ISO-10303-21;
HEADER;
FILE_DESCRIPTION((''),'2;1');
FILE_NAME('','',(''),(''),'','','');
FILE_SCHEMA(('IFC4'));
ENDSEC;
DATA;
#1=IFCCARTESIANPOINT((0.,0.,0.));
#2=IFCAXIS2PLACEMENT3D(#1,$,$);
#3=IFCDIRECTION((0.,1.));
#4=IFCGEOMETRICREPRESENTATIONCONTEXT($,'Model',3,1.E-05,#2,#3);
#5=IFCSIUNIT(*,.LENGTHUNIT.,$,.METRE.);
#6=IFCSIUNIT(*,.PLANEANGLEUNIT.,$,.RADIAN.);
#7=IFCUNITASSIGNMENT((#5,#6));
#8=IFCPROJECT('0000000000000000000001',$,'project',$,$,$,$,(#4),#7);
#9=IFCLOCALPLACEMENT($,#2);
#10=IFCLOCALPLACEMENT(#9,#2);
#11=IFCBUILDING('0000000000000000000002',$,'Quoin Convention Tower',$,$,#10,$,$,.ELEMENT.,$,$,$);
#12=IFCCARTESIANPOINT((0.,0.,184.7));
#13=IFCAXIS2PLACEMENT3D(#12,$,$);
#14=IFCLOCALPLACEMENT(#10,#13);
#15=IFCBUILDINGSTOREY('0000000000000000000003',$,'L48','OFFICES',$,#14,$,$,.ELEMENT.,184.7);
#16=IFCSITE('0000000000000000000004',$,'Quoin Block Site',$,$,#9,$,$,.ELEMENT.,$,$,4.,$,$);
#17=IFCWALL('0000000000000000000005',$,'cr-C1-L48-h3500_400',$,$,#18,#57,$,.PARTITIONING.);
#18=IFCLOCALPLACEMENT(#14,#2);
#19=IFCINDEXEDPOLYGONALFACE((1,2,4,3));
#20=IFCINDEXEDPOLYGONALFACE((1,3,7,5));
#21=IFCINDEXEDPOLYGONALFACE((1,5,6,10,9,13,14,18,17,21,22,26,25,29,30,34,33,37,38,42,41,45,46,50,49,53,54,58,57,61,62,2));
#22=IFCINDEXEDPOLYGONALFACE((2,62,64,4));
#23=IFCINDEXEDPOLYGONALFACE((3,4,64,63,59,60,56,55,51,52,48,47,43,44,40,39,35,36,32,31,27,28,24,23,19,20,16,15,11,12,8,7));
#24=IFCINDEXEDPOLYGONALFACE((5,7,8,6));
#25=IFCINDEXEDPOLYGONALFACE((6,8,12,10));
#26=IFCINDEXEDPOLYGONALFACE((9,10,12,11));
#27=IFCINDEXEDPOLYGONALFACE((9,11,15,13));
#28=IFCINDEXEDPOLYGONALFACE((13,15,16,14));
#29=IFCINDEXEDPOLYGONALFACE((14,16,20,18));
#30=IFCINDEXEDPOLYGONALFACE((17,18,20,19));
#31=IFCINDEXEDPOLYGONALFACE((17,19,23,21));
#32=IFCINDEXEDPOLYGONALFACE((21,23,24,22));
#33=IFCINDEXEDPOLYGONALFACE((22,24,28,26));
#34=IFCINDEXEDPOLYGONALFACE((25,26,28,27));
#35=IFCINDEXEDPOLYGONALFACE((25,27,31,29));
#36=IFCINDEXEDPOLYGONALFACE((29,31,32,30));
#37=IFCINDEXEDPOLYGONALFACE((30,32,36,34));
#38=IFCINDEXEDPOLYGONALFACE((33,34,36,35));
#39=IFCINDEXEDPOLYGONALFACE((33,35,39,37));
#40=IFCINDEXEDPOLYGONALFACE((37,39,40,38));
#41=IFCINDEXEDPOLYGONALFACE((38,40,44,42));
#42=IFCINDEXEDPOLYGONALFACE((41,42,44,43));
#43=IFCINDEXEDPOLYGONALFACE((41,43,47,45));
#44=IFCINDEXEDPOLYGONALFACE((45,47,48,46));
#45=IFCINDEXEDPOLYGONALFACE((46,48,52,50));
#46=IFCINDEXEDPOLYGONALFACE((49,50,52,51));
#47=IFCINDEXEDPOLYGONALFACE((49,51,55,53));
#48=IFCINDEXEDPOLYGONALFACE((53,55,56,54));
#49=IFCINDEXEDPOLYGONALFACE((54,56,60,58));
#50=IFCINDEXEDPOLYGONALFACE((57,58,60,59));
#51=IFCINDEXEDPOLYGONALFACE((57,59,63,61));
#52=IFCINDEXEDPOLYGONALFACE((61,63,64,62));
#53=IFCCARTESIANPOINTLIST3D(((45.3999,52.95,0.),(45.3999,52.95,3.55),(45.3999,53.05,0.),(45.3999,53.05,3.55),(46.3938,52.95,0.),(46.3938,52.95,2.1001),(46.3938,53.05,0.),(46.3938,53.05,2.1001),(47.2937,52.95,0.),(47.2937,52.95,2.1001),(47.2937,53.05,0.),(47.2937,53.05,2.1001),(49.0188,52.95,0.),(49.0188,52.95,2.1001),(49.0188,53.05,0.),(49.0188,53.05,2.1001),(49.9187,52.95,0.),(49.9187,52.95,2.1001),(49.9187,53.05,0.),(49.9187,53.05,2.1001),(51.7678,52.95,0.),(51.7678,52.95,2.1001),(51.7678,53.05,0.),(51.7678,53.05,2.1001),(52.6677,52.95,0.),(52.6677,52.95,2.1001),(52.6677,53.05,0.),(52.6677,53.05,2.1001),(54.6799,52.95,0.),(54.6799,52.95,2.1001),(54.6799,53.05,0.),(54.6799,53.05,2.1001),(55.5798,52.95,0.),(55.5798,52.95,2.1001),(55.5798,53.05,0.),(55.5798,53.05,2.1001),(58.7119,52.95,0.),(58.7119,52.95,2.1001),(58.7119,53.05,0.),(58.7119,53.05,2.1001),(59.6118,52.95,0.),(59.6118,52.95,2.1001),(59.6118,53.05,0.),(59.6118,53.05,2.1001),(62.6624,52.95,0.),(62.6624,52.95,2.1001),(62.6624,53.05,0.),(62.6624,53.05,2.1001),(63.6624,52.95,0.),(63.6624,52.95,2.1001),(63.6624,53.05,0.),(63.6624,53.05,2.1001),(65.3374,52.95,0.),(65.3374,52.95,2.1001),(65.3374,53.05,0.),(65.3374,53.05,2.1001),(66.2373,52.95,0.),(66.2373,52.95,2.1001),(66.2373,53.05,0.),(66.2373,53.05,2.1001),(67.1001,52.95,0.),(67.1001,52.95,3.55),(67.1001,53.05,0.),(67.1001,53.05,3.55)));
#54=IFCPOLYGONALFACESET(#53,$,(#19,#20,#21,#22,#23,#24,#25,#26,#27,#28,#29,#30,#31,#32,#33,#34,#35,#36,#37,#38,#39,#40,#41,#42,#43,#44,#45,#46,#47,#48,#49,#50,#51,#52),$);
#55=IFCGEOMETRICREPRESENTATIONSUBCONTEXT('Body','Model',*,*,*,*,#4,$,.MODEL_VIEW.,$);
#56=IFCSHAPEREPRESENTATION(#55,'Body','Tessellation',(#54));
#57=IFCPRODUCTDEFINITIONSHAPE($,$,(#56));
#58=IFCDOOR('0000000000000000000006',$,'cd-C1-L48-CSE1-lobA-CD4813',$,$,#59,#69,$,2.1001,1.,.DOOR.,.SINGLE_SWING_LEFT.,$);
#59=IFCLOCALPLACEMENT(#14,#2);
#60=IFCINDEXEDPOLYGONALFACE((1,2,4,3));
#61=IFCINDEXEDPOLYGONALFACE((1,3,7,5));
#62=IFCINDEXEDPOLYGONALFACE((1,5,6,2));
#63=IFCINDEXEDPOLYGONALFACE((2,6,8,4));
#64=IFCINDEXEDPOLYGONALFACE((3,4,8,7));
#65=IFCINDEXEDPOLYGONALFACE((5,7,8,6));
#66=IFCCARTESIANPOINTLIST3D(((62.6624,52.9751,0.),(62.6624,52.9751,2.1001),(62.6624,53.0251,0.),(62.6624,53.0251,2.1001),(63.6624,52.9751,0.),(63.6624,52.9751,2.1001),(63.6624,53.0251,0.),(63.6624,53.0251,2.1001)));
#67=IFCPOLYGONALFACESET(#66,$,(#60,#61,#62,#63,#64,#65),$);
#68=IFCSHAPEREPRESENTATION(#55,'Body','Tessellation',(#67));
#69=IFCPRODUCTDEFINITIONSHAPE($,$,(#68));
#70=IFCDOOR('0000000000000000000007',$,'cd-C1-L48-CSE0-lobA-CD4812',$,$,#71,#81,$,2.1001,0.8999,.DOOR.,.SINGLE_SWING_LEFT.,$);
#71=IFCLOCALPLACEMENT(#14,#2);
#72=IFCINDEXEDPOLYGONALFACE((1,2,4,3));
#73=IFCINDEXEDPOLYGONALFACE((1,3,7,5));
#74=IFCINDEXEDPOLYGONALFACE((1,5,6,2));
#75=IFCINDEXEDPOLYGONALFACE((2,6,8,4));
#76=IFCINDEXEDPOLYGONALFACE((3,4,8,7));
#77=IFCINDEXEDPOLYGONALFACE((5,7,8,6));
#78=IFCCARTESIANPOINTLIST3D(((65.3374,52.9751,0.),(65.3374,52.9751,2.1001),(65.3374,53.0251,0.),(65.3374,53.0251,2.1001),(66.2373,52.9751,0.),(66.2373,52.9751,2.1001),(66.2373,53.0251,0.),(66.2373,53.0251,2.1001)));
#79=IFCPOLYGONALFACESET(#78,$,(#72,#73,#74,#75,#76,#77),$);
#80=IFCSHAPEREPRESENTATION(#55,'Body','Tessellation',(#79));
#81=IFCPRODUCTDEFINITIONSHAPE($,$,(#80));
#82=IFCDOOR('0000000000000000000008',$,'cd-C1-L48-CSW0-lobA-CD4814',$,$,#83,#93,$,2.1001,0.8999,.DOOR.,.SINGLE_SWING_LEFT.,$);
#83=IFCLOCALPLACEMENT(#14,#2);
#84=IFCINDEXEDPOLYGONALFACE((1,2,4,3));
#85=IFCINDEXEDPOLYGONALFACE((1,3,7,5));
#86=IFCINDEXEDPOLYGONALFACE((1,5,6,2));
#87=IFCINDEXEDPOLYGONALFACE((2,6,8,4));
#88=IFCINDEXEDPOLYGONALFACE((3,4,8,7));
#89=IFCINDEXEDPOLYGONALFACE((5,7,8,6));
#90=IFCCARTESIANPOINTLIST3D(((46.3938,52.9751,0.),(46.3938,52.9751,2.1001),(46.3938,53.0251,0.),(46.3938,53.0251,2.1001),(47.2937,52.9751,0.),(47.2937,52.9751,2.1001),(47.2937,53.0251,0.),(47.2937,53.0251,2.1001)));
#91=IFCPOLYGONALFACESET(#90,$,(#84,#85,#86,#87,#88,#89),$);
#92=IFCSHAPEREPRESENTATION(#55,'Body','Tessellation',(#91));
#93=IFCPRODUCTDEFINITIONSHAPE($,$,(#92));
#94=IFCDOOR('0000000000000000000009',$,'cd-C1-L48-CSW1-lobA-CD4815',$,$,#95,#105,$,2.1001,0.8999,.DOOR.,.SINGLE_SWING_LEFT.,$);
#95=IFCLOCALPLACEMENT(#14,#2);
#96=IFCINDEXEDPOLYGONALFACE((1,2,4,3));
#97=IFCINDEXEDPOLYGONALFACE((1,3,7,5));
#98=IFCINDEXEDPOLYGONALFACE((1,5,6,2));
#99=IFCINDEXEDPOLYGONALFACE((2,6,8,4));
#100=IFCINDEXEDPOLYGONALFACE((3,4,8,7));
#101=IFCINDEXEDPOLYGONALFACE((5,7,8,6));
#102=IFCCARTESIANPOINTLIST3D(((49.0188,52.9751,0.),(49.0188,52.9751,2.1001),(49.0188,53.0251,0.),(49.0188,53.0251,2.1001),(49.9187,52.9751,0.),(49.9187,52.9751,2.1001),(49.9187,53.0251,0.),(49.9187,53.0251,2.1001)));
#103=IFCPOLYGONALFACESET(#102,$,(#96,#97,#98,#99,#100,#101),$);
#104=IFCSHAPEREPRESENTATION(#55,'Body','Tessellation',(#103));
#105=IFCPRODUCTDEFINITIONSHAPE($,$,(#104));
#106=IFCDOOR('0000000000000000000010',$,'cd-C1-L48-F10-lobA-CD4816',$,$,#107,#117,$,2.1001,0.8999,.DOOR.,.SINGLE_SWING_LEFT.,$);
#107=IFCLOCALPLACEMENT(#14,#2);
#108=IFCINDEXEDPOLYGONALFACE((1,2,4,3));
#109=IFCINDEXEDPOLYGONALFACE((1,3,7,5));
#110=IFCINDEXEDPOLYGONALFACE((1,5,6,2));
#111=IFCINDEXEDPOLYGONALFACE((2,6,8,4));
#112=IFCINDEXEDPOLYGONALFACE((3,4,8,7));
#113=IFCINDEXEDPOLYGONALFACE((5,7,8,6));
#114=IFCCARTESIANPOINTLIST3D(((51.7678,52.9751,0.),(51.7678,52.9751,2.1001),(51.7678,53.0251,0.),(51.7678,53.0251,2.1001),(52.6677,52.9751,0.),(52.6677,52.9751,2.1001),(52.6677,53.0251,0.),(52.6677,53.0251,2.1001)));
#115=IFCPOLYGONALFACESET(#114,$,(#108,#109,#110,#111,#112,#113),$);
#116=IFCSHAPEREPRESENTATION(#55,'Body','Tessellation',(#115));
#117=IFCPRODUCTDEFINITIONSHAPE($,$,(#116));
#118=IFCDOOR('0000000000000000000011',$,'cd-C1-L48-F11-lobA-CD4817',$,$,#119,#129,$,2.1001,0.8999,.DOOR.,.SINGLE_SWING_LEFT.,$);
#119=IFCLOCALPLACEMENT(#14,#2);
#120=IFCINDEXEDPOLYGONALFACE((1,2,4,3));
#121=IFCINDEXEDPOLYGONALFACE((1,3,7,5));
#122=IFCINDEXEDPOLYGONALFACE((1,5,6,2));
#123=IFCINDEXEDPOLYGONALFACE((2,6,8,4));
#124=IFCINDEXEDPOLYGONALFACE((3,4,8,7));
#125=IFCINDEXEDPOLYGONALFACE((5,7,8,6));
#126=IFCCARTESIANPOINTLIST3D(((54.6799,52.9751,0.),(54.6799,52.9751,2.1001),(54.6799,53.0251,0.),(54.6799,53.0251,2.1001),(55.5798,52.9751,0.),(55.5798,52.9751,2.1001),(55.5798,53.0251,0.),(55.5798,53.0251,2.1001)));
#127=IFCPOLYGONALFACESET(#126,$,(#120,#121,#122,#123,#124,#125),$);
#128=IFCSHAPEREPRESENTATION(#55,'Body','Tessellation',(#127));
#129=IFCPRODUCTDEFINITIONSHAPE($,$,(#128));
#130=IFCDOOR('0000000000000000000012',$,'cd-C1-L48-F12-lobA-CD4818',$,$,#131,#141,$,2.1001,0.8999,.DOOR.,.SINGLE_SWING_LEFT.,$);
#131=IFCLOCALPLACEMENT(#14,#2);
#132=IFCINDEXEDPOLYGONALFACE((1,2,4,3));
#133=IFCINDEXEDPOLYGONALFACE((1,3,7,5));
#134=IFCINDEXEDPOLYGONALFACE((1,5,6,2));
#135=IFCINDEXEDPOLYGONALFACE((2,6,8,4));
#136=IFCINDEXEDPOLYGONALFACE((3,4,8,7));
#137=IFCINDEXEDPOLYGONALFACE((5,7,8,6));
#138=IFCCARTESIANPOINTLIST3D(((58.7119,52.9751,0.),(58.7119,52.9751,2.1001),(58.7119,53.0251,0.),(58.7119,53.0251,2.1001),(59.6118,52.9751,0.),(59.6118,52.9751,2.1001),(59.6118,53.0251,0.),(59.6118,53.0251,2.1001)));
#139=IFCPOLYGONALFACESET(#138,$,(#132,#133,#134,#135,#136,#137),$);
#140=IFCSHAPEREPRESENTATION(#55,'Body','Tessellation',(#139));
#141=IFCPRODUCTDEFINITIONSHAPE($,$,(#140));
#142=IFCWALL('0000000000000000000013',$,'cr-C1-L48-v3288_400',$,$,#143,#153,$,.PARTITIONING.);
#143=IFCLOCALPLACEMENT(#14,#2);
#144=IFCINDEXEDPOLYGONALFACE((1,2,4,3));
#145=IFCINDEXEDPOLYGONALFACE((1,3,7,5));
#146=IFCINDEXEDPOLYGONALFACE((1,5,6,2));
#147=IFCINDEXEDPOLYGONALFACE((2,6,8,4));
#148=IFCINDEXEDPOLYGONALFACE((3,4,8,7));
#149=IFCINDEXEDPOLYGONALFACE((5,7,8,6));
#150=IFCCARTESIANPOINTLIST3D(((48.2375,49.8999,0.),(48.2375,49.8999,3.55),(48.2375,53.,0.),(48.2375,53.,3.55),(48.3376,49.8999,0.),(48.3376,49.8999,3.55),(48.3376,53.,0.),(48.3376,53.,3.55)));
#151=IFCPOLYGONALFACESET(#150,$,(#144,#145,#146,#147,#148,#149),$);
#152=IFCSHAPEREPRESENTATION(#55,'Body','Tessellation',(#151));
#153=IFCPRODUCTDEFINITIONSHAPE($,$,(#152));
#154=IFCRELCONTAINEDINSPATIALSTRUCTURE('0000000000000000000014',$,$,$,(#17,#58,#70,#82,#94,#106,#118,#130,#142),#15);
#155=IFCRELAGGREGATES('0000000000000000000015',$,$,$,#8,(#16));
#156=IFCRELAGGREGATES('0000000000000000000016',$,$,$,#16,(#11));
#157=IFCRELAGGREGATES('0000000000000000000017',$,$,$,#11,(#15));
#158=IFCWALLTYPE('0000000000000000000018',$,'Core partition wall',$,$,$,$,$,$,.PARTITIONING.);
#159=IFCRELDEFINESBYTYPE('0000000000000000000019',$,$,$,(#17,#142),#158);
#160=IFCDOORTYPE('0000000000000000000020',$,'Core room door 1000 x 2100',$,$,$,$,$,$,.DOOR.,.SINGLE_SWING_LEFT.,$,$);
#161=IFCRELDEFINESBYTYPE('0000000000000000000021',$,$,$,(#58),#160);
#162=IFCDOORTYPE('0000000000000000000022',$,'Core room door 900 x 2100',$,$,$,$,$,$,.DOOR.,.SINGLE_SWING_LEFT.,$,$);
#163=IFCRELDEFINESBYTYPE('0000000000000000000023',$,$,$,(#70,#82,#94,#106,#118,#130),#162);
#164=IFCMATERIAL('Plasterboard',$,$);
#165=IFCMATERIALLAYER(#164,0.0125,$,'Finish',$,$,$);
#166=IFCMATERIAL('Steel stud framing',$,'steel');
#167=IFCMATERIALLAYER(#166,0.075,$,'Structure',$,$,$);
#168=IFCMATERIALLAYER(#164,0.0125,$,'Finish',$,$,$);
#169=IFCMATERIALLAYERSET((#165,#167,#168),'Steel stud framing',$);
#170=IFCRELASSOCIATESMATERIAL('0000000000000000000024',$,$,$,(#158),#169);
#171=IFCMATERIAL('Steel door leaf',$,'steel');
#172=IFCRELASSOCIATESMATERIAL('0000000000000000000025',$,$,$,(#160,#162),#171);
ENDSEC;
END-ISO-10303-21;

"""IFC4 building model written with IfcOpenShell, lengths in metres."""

from ifc_helpers import new_model, si_unit, direction, frame, frame_2d, origin, place, context, subcontext, project, spatial, rectangle, extrude, material, layer, layer_set, type_object, element, fill, save


model = new_model("IFC4")

# Units and contexts
model_context = context("Model", 3, precision=1e-05, world=origin(), true_north=direction((0.0, 1.0)))
body_context = subcontext(model_context, "Body", "Model", "MODEL_VIEW")
ifc_project = project(units=[si_unit("LENGTHUNIT", "METRE"), si_unit("PLANEANGLEUNIT", "RADIAN")], contexts=[model_context])

# Site, building, storey
site_placement = place(None, origin())
site = spatial("IfcSite", under=ifc_project, at=site_placement, Name="Quoin Block Site", CompositionType="ELEMENT", RefElevation=4.0)
building_placement = place(site_placement, origin())
building = spatial("IfcBuilding", under=site, at=building_placement, Name="Quoin Convention Tower", CompositionType="ELEMENT")
storey_placement = place(building_placement, frame((0.0, 0.0, 184.7)))
storey = spatial("IfcBuildingStorey", under=building, at=storey_placement, Name="L48", Description="OFFICES", CompositionType="ELEMENT", Elevation=184.7)

# Wall, openings, doors
ifc_material_1 = material(Name="Plasterboard")
ifc_layer_1 = layer(ifc_material_1, 0.0125, Name="Finish")
ifc_material_2 = material(Name="Steel stud framing", Category="steel")
ifc_layer_2 = layer(ifc_material_2, 0.075, Name="Structure")
ifc_layer_3 = layer(ifc_material_1, 0.0125, Name="Finish")
ifc_layer_set_1 = layer_set([ifc_layer_1, ifc_layer_2, ifc_layer_3], Name="Steel stud framing")
wall_type_1 = type_object("IfcWallType", Name="Core partition wall", PredefinedType="PARTITIONING", material=ifc_layer_set_1)
wall_1_placement = place(storey_placement, frame((45.3999, 53.0, 0.0), z_axis=(0.0, 0.0, 1.0), x_axis=(1.0, 0.0, 0.0)))
wall_1 = element("IfcWall", 1, at=wall_1_placement, inside=storey, type_object=wall_type_1, Name="cr-C1-L48-h3500_400", PredefinedType="PARTITIONING", context=body_context, shape_type="SweptSolid", body=[
    extrude(rectangle(XDim=21.7002, YDim=0.1001, at=frame_2d((10.8501, 0.0))), origin(), (0.0, 0.0, 1.0), 3.55),
])
opening_1_placement = place(wall_1_placement, frame((19.9375, 0.0, 0.0)))
opening_1 = element("IfcOpeningElement", 2, at=opening_1_placement, cuts=wall_1, PredefinedType="OPENING", context=body_context, shape_type="SweptSolid", body=[
    extrude(rectangle(XDim=0.8999, YDim=2.1001, at=frame_2d((0.45, 1.05))), frame((0.0, 0.0601, 0.0), z_axis=(0.0, -1.0, 0.0), x_axis=(1.0, 0.0, 0.0)), (0.0, 0.0, 1.0), 0.1201),
])
opening_2_placement = place(wall_1_placement, frame((17.2625, 0.0, 0.0)))
opening_2 = element("IfcOpeningElement", 3, at=opening_2_placement, cuts=wall_1, PredefinedType="OPENING", context=body_context, shape_type="SweptSolid", body=[
    extrude(rectangle(XDim=1.0, YDim=2.1001, at=frame_2d((0.5, 1.05))), frame((0.0, 0.0601, 0.0), z_axis=(0.0, -1.0, 0.0), x_axis=(1.0, 0.0, 0.0)), (0.0, 0.0, 1.0), 0.1201),
])
opening_3_placement = place(wall_1_placement, frame((0.9939, 0.0, 0.0)))
opening_3 = element("IfcOpeningElement", 4, at=opening_3_placement, cuts=wall_1, PredefinedType="OPENING", context=body_context, shape_type="SweptSolid", body=[
    extrude(rectangle(XDim=0.8999, YDim=2.1001, at=frame_2d((0.45, 1.05))), frame((0.0, 0.0601, 0.0), z_axis=(0.0, -1.0, 0.0), x_axis=(1.0, 0.0, 0.0)), (0.0, 0.0, 1.0), 0.1201),
])
opening_4_placement = place(wall_1_placement, frame((3.6189, 0.0, 0.0)))
opening_4 = element("IfcOpeningElement", 5, at=opening_4_placement, cuts=wall_1, PredefinedType="OPENING", context=body_context, shape_type="SweptSolid", body=[
    extrude(rectangle(XDim=0.8999, YDim=2.1001, at=frame_2d((0.45, 1.05))), frame((0.0, 0.0601, 0.0), z_axis=(0.0, -1.0, 0.0), x_axis=(1.0, 0.0, 0.0)), (0.0, 0.0, 1.0), 0.1201),
])
opening_5_placement = place(wall_1_placement, frame((6.3679, 0.0, 0.0)))
opening_5 = element("IfcOpeningElement", 6, at=opening_5_placement, cuts=wall_1, PredefinedType="OPENING", context=body_context, shape_type="SweptSolid", body=[
    extrude(rectangle(XDim=0.8999, YDim=2.1001, at=frame_2d((0.45, 1.05))), frame((0.0, 0.0601, 0.0), z_axis=(0.0, -1.0, 0.0), x_axis=(1.0, 0.0, 0.0)), (0.0, 0.0, 1.0), 0.1201),
])
opening_6_placement = place(wall_1_placement, frame((9.28, 0.0, 0.0)))
opening_6 = element("IfcOpeningElement", 7, at=opening_6_placement, cuts=wall_1, PredefinedType="OPENING", context=body_context, shape_type="SweptSolid", body=[
    extrude(rectangle(XDim=0.8999, YDim=2.1001, at=frame_2d((0.45, 1.05))), frame((0.0, 0.0601, 0.0), z_axis=(0.0, -1.0, 0.0), x_axis=(1.0, 0.0, 0.0)), (0.0, 0.0, 1.0), 0.1201),
])
opening_7_placement = place(wall_1_placement, frame((13.312, 0.0, 0.0)))
opening_7 = element("IfcOpeningElement", 8, at=opening_7_placement, cuts=wall_1, PredefinedType="OPENING", context=body_context, shape_type="SweptSolid", body=[
    extrude(rectangle(XDim=0.8999, YDim=2.1001, at=frame_2d((0.45, 1.05))), frame((0.0, 0.0601, 0.0), z_axis=(0.0, -1.0, 0.0), x_axis=(1.0, 0.0, 0.0)), (0.0, 0.0, 1.0), 0.1201),
])
ifc_material_3 = material(Name="Steel door leaf", Category="steel")
door_type_1 = type_object("IfcDoorType", Name="Core room door 1000 x 2100", OperationType="SINGLE_SWING_LEFT", PredefinedType="DOOR", material=ifc_material_3)
door_1_placement = place(opening_2_placement, frame((1.0, 0.0, 0.0), z_axis=(0.0, 0.0, 1.0), x_axis=(-1.0, 0.0, 0.0)))
door_1 = element("IfcDoor", 9, at=door_1_placement, inside=storey, type_object=door_type_1, Name="cd-C1-L48-CSE1-lobA-CD4813", OperationType="SINGLE_SWING_LEFT", OverallHeight=2.1001, OverallWidth=1.0, PredefinedType="DOOR", context=body_context, shape_type="SweptSolid", body=[
    extrude(rectangle(XDim=1.0, YDim=2.1001, at=frame_2d((0.5, 1.05))), frame((0.0, 0.0249, 0.0), z_axis=(0.0, -1.0, 0.0), x_axis=(1.0, 0.0, 0.0)), (0.0, 0.0, 1.0), 0.05),
])
fill(opening_2, door_1)
door_type_2 = type_object("IfcDoorType", Name="Core room door 900 x 2100", OperationType="SINGLE_SWING_LEFT", PredefinedType="DOOR", material=ifc_material_3)
door_2_placement = place(opening_1_placement, frame((0.8999, 0.0, 0.0), z_axis=(0.0, 0.0, 1.0), x_axis=(-1.0, 0.0, 0.0)))
door_2 = element("IfcDoor", 10, at=door_2_placement, inside=storey, type_object=door_type_2, Name="cd-C1-L48-CSE0-lobA-CD4812", OperationType="SINGLE_SWING_LEFT", OverallHeight=2.1001, OverallWidth=0.8999, PredefinedType="DOOR", context=body_context, shape_type="SweptSolid", body=[
    extrude(rectangle(XDim=0.8999, YDim=2.1001, at=frame_2d((0.45, 1.05))), frame((0.0, 0.0249, 0.0), z_axis=(0.0, -1.0, 0.0), x_axis=(1.0, 0.0, 0.0)), (0.0, 0.0, 1.0), 0.05),
])
fill(opening_1, door_2)
door_3_placement = place(opening_3_placement, frame((0.8999, 0.0, 0.0), z_axis=(0.0, 0.0, 1.0), x_axis=(-1.0, 0.0, 0.0)))
door_3 = element("IfcDoor", 11, at=door_3_placement, inside=storey, type_object=door_type_2, Name="cd-C1-L48-CSW0-lobA-CD4814", OperationType="SINGLE_SWING_LEFT", OverallHeight=2.1001, OverallWidth=0.8999, PredefinedType="DOOR", context=body_context, shape_type="SweptSolid", body=[
    extrude(rectangle(XDim=0.8999, YDim=2.1001, at=frame_2d((0.45, 1.05))), frame((0.0, 0.0249, 0.0), z_axis=(0.0, -1.0, 0.0), x_axis=(1.0, 0.0, 0.0)), (0.0, 0.0, 1.0), 0.05),
])
fill(opening_3, door_3)
door_4_placement = place(opening_4_placement, frame((0.8999, 0.0, 0.0), z_axis=(0.0, 0.0, 1.0), x_axis=(-1.0, 0.0, 0.0)))
door_4 = element("IfcDoor", 12, at=door_4_placement, inside=storey, type_object=door_type_2, Name="cd-C1-L48-CSW1-lobA-CD4815", OperationType="SINGLE_SWING_LEFT", OverallHeight=2.1001, OverallWidth=0.8999, PredefinedType="DOOR", context=body_context, shape_type="SweptSolid", body=[
    extrude(rectangle(XDim=0.8999, YDim=2.1001, at=frame_2d((0.45, 1.05))), frame((0.0, 0.0249, 0.0), z_axis=(0.0, -1.0, 0.0), x_axis=(1.0, 0.0, 0.0)), (0.0, 0.0, 1.0), 0.05),
])
fill(opening_4, door_4)
door_5_placement = place(opening_5_placement, frame((0.8999, 0.0, 0.0), z_axis=(0.0, 0.0, 1.0), x_axis=(-1.0, 0.0, 0.0)))
door_5 = element("IfcDoor", 13, at=door_5_placement, inside=storey, type_object=door_type_2, Name="cd-C1-L48-F10-lobA-CD4816", OperationType="SINGLE_SWING_LEFT", OverallHeight=2.1001, OverallWidth=0.8999, PredefinedType="DOOR", context=body_context, shape_type="SweptSolid", body=[
    extrude(rectangle(XDim=0.8999, YDim=2.1001, at=frame_2d((0.45, 1.05))), frame((0.0, 0.0249, 0.0), z_axis=(0.0, -1.0, 0.0), x_axis=(1.0, 0.0, 0.0)), (0.0, 0.0, 1.0), 0.05),
])
fill(opening_5, door_5)
door_6_placement = place(opening_6_placement, frame((0.8999, 0.0, 0.0), z_axis=(0.0, 0.0, 1.0), x_axis=(-1.0, 0.0, 0.0)))
door_6 = element("IfcDoor", 14, at=door_6_placement, inside=storey, type_object=door_type_2, Name="cd-C1-L48-F11-lobA-CD4817", OperationType="SINGLE_SWING_LEFT", OverallHeight=2.1001, OverallWidth=0.8999, PredefinedType="DOOR", context=body_context, shape_type="SweptSolid", body=[
    extrude(rectangle(XDim=0.8999, YDim=2.1001, at=frame_2d((0.45, 1.05))), frame((0.0, 0.0249, 0.0), z_axis=(0.0, -1.0, 0.0), x_axis=(1.0, 0.0, 0.0)), (0.0, 0.0, 1.0), 0.05),
])
fill(opening_6, door_6)
door_7_placement = place(opening_7_placement, frame((0.8999, 0.0, 0.0), z_axis=(0.0, 0.0, 1.0), x_axis=(-1.0, 0.0, 0.0)))
door_7 = element("IfcDoor", 15, at=door_7_placement, inside=storey, type_object=door_type_2, Name="cd-C1-L48-F12-lobA-CD4818", OperationType="SINGLE_SWING_LEFT", OverallHeight=2.1001, OverallWidth=0.8999, PredefinedType="DOOR", context=body_context, shape_type="SweptSolid", body=[
    extrude(rectangle(XDim=0.8999, YDim=2.1001, at=frame_2d((0.45, 1.05))), frame((0.0, 0.0249, 0.0), z_axis=(0.0, -1.0, 0.0), x_axis=(1.0, 0.0, 0.0)), (0.0, 0.0, 1.0), 0.05),
])
fill(opening_7, door_7)

# Wall
wall_2_placement = place(storey_placement, frame((48.2876, 49.8999, 0.0), z_axis=(0.0, 0.0, 1.0), x_axis=(0.0, 1.0, 0.0)))
element("IfcWall", 16, at=wall_2_placement, inside=storey, type_object=wall_type_1, Name="cr-C1-L48-v3288_400", PredefinedType="PARTITIONING", context=body_context, shape_type="SweptSolid", body=[
    extrude(rectangle(XDim=3.1001, YDim=0.1001, at=frame_2d((1.55, 0.0))), origin(), (0.0, 0.0, 1.0), 3.55),
])

save(model, "model.ifc")
